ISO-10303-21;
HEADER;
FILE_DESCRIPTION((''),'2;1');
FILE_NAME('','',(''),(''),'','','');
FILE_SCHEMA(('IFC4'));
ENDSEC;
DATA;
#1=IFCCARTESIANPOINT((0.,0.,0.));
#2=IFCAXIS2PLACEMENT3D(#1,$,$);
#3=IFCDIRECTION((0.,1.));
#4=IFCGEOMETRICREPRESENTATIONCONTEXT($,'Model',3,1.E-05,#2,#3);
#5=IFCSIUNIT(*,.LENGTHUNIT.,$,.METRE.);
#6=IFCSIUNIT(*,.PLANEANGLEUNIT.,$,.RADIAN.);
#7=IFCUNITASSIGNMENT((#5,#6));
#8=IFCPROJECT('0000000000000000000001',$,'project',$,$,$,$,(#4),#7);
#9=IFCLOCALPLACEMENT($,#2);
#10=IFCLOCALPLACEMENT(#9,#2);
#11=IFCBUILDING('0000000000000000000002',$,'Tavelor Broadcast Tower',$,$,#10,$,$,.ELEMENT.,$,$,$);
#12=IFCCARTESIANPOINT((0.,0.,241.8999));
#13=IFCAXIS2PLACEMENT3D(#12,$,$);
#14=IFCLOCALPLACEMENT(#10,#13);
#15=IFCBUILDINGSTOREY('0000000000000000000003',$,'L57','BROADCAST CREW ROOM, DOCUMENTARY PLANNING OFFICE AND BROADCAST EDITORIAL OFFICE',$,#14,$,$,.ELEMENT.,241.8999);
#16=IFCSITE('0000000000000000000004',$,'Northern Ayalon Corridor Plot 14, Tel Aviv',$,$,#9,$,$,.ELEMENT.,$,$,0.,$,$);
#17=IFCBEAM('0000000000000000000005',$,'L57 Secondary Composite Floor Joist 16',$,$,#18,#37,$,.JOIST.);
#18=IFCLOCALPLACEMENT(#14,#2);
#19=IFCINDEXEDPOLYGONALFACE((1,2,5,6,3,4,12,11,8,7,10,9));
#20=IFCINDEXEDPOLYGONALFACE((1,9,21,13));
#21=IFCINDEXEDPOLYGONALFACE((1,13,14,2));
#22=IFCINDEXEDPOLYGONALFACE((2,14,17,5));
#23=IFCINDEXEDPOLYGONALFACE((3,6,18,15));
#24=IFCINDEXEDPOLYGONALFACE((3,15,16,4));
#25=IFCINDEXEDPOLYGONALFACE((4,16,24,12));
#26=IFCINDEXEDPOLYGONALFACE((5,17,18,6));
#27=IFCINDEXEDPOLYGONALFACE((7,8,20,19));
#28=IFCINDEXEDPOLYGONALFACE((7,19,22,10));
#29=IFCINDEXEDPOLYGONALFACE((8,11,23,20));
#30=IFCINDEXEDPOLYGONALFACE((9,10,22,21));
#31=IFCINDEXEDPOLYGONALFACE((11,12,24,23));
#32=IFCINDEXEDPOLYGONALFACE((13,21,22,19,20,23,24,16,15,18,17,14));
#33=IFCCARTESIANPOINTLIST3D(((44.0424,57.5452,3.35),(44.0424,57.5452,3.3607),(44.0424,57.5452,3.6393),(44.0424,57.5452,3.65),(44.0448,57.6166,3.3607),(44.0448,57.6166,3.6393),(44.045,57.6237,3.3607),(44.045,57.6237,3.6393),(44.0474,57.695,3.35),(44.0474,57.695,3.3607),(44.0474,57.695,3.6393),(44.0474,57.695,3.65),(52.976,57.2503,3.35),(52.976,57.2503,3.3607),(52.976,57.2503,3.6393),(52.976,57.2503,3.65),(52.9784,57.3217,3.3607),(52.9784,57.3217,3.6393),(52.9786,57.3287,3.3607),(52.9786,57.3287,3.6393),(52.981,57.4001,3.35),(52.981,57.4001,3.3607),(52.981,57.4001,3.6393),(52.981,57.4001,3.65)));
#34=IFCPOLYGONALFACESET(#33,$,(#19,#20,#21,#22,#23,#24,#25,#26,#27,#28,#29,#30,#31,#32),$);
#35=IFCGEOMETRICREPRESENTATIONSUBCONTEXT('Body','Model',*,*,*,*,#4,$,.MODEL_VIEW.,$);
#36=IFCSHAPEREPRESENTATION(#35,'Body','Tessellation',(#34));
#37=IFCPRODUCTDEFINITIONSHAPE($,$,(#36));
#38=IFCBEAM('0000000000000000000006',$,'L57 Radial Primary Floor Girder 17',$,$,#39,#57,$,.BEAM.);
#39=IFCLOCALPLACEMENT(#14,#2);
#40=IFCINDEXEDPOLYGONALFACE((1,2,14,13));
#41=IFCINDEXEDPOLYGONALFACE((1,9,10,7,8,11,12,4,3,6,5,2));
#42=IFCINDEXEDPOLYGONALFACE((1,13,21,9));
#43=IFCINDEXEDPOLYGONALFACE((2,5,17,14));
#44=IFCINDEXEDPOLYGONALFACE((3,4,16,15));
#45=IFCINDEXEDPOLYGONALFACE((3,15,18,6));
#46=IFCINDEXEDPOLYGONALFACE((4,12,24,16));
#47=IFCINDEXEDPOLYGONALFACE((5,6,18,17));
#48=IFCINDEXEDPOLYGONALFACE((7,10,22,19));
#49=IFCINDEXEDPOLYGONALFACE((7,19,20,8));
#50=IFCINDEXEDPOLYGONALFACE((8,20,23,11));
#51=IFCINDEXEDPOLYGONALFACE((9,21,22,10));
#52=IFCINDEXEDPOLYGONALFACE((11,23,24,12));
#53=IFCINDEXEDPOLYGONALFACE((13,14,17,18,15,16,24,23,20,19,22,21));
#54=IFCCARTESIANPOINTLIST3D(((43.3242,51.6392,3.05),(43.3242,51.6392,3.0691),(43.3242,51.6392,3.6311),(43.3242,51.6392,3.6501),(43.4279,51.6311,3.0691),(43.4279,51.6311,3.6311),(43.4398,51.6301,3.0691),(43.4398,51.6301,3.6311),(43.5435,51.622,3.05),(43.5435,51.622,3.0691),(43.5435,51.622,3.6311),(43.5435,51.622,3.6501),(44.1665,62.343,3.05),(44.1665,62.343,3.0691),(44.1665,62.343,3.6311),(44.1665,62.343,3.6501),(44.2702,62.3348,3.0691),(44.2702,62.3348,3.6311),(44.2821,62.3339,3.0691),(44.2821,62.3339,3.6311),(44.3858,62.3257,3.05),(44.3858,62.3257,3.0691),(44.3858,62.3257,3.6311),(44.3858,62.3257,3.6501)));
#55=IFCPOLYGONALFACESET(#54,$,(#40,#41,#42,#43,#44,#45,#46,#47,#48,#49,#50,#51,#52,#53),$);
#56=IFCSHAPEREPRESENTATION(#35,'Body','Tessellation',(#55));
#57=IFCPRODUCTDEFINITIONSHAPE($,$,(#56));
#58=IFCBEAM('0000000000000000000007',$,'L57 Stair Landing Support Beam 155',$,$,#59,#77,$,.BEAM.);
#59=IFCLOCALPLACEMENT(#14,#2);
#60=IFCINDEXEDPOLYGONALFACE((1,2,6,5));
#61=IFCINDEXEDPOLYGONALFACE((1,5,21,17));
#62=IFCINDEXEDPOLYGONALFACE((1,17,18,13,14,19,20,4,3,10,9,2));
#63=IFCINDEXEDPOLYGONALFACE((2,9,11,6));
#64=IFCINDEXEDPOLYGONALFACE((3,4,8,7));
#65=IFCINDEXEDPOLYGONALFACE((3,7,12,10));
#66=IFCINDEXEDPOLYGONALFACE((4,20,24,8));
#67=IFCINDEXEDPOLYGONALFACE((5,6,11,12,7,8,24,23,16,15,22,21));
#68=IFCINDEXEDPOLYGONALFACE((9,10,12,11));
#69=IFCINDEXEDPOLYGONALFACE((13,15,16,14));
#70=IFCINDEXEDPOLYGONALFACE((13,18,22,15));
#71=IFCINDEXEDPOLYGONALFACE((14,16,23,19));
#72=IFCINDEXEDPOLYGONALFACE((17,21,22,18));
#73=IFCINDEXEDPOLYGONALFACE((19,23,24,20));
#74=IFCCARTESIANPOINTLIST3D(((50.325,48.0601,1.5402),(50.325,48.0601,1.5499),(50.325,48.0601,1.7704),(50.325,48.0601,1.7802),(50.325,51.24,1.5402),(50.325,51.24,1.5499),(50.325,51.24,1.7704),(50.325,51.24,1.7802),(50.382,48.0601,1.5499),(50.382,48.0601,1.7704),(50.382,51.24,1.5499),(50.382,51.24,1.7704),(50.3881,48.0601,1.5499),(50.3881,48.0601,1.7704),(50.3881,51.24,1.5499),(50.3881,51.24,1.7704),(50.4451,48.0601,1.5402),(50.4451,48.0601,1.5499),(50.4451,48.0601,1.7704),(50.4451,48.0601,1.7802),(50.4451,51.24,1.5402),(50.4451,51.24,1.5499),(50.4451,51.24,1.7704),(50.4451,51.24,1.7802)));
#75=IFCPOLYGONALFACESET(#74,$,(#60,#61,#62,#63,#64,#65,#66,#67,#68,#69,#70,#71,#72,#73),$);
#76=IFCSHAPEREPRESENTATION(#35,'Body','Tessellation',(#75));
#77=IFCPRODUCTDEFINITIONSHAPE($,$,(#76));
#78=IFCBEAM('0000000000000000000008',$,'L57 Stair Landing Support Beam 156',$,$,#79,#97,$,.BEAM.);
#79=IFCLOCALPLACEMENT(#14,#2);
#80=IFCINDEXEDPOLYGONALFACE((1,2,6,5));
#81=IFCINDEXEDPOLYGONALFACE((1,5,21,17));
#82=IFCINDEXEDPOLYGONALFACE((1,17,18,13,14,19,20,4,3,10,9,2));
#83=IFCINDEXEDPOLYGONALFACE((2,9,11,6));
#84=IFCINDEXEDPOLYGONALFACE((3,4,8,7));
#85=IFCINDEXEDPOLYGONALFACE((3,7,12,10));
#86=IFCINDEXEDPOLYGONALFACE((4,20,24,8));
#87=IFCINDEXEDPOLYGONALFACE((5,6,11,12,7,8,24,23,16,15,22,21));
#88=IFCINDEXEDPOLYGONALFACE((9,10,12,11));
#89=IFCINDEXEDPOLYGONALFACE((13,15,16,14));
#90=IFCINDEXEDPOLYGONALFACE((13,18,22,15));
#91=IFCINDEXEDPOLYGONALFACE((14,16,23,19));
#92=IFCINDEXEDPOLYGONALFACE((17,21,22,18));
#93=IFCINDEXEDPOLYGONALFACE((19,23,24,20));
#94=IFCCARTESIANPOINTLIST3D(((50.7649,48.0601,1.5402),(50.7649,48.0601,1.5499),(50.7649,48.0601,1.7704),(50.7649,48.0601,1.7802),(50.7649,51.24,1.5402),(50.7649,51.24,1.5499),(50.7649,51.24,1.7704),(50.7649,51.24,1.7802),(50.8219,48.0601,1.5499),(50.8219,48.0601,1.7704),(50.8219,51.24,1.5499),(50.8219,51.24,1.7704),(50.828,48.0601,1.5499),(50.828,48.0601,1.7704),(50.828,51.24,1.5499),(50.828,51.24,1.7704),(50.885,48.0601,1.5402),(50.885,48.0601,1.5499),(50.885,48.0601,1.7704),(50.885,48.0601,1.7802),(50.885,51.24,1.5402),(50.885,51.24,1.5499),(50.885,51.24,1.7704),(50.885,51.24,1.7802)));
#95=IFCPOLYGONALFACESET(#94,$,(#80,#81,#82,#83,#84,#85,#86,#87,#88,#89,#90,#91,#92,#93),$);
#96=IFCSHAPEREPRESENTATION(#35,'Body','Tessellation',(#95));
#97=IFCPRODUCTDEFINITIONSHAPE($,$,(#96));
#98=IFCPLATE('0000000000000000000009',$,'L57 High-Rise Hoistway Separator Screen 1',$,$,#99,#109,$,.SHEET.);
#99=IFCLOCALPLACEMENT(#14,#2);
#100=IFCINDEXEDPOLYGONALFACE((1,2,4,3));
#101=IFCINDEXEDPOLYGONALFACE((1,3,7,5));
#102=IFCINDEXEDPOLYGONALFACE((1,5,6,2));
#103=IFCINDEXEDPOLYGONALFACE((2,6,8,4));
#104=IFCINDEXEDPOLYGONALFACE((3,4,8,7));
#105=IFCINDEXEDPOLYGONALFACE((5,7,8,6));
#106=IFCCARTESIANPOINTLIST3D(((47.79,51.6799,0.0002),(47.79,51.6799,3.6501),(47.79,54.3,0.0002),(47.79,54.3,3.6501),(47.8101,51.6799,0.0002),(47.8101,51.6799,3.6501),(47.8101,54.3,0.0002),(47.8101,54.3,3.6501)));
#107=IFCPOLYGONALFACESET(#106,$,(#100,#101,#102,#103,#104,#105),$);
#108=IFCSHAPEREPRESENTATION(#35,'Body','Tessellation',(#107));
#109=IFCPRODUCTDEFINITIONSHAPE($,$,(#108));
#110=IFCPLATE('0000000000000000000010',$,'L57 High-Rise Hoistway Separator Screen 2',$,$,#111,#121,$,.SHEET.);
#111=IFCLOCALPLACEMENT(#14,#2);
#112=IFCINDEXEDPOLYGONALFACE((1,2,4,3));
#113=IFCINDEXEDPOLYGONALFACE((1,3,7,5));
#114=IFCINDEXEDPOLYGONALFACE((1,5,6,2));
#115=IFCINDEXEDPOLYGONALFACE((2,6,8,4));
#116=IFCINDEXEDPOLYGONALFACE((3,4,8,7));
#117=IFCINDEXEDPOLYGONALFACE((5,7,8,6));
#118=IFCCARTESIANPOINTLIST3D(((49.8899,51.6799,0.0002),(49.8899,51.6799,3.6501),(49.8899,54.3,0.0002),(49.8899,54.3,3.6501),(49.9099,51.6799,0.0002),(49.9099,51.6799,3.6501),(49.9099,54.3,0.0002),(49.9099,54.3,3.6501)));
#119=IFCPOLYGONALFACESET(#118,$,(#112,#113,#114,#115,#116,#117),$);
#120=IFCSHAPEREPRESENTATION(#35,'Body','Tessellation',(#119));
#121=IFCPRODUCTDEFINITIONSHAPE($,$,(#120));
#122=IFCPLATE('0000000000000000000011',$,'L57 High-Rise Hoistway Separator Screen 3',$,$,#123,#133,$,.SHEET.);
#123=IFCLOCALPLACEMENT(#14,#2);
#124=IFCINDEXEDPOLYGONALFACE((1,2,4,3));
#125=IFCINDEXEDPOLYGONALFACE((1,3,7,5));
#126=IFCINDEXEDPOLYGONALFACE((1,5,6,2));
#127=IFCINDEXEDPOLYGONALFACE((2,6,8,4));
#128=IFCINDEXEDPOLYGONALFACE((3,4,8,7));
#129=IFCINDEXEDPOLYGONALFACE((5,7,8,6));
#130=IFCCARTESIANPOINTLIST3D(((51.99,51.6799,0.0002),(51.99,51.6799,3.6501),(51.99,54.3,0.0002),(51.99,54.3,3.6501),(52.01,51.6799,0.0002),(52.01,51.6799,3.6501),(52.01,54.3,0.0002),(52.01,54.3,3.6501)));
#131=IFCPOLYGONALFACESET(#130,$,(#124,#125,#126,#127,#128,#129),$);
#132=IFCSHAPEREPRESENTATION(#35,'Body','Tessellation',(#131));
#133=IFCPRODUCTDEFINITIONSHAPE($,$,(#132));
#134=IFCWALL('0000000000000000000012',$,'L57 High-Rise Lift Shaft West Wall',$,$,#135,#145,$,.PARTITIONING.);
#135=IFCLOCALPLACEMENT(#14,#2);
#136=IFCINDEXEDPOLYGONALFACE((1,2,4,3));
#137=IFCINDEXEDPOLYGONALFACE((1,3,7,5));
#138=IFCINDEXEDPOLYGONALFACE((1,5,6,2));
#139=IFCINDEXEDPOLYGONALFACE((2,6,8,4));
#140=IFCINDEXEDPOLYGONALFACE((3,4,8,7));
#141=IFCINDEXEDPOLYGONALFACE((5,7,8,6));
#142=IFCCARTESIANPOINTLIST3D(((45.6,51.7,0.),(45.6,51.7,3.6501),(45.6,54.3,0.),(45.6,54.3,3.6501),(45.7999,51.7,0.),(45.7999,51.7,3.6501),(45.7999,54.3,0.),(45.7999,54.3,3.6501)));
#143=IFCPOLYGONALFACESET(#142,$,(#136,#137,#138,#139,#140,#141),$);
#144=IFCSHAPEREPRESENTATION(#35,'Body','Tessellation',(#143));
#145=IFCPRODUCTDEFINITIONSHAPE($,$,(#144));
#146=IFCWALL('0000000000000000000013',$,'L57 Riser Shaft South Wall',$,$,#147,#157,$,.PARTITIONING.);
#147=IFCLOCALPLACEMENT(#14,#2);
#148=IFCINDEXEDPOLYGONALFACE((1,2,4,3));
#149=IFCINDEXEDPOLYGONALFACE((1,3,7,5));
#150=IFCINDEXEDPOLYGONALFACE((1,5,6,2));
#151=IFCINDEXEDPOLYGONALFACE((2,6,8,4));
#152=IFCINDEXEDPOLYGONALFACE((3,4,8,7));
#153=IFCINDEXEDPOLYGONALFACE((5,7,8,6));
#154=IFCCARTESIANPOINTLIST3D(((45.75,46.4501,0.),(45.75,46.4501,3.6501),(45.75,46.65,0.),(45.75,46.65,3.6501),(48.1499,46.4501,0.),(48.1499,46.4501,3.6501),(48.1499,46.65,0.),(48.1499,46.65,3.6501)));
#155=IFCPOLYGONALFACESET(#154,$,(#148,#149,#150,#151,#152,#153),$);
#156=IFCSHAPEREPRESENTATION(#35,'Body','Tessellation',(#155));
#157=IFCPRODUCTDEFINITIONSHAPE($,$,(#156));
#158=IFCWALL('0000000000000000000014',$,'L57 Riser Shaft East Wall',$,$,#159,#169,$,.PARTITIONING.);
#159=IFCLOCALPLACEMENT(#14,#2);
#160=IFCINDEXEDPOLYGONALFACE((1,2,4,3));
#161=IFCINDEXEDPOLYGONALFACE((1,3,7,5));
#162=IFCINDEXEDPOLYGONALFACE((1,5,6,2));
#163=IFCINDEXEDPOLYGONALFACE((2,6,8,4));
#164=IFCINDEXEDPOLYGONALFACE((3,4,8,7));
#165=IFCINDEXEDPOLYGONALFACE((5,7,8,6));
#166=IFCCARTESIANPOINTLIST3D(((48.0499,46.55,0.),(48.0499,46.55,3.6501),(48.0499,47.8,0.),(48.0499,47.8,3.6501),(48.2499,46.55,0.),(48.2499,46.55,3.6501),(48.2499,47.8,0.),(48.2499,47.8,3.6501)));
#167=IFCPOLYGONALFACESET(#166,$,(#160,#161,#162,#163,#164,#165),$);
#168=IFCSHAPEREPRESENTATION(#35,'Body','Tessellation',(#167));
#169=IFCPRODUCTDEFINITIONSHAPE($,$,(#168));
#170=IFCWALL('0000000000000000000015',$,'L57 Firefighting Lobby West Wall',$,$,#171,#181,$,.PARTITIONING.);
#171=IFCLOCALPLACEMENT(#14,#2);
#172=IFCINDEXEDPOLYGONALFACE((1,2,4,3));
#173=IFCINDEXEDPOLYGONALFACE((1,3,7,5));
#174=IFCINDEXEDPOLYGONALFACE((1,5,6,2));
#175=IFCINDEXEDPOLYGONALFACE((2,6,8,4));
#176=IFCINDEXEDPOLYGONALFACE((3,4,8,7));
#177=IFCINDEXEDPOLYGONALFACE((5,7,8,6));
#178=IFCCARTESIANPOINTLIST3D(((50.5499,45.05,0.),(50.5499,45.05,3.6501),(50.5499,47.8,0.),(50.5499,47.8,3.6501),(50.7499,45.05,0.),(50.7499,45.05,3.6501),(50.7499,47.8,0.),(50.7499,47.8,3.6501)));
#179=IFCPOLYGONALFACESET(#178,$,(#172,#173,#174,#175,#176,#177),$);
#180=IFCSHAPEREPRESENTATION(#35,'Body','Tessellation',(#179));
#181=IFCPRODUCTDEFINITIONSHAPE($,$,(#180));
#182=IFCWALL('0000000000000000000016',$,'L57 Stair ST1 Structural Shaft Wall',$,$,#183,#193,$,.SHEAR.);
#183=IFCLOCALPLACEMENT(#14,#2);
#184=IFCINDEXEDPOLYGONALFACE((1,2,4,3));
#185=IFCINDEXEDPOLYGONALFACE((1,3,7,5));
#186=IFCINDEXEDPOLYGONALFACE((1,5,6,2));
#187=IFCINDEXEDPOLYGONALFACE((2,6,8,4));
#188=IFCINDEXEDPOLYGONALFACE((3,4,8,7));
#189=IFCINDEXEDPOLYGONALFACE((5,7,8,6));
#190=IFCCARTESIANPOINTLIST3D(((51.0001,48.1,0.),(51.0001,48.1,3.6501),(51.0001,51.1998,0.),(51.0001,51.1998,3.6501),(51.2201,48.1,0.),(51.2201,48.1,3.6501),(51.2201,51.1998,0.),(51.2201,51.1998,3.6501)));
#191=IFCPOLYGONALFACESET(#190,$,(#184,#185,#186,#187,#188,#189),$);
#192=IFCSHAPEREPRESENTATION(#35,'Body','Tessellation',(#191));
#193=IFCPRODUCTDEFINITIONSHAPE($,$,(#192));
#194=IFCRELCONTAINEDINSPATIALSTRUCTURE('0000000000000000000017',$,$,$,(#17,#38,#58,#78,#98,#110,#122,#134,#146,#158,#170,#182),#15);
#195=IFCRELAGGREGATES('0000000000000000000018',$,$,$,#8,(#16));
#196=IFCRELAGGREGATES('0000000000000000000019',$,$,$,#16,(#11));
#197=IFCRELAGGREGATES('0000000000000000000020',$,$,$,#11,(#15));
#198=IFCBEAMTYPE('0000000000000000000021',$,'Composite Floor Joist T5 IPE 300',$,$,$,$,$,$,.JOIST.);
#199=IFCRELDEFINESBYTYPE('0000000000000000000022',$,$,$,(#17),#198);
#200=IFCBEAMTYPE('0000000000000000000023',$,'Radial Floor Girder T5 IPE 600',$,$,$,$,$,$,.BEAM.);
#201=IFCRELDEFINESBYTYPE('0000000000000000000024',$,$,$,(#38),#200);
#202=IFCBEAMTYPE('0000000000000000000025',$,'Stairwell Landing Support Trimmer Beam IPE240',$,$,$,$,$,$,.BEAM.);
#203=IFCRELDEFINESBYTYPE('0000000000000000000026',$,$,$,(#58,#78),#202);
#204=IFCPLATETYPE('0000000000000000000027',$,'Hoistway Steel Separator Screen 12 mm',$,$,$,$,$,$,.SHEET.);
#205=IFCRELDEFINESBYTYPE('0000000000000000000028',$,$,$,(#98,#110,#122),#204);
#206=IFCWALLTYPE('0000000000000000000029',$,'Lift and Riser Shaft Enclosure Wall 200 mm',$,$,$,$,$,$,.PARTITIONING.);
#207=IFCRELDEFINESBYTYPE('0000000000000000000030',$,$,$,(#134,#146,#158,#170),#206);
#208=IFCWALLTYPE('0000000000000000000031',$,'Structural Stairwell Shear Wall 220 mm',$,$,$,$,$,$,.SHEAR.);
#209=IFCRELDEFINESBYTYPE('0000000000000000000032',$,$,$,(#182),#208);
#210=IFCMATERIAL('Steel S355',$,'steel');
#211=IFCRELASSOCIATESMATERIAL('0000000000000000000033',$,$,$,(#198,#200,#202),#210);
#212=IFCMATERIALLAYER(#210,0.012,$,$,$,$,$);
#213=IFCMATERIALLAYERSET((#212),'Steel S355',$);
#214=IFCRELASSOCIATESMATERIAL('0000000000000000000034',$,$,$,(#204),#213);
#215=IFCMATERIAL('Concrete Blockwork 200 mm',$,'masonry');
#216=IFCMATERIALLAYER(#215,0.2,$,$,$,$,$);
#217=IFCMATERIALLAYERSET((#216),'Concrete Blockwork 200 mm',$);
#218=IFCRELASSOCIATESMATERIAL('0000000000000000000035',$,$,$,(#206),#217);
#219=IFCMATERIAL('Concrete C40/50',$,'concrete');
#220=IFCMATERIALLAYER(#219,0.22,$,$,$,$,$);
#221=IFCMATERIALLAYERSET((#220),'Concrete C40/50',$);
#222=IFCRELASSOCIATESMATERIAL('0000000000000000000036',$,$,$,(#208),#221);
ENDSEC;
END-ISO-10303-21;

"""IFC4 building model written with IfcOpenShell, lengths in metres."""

from ifc_helpers import new_model, si_unit, direction, frame, frame_2d, origin, origin_2d, place, context, subcontext, project, spatial, rectangle, i_section, extrude, source, transform, mapped, material, layer, layer_set, material_profile, profile_set, type_object, type_shapes, element, save


model = new_model("IFC4")

# Units and contexts
model_context = context("Model", 3, precision=1e-05, world=origin(), true_north=direction((0.0, 1.0)))
body_context = subcontext(model_context, "Body", "Model", "MODEL_VIEW")
ifc_project = project(units=[si_unit("LENGTHUNIT", "METRE"), si_unit("PLANEANGLEUNIT", "RADIAN")], contexts=[model_context])

# Site, building, storey
site_placement = place(None, origin())
site = spatial("IfcSite", under=ifc_project, at=site_placement, Name="Northern Ayalon Corridor Plot 14, Tel Aviv", CompositionType="ELEMENT", RefElevation=0.0)
building_placement = place(site_placement, origin())
building = spatial("IfcBuilding", under=site, at=building_placement, Name="Tavelor Broadcast Tower", CompositionType="ELEMENT")
storey_placement = place(building_placement, frame((0.0, 0.0, 241.8999)))
storey = spatial("IfcBuildingStorey", under=building, at=storey_placement, Name="L57", Description="BROADCAST CREW ROOM, DOCUMENTARY PLANNING OFFICE AND BROADCAST EDITORIAL OFFICE", CompositionType="ELEMENT", Elevation=241.8999)

# Beams
ifc_material_1 = material(Name="Steel S355", Category="steel")
ifc_material_profile_1 = material_profile(ifc_material_1, i_section(OverallWidth=0.1499, OverallDepth=0.3, WebThickness=0.0071, FlangeThickness=0.0107, at=origin_2d()), Name="IPE 300")
ifc_profile_set_1 = profile_set([ifc_material_profile_1], Name="Steel S355")
beam_type_1 = type_object("IfcBeamType", Name="Composite Floor Joist T5 IPE 300", PredefinedType="JOIST", material=ifc_profile_set_1)
beam_1_placement = place(storey_placement, frame((52.9785, 57.3252, 3.5), z_axis=(-0.999456, 0.032995, 0.0), x_axis=(-0.032995, -0.999456, 0.0)))
element("IfcBeam", 1, at=beam_1_placement, inside=storey, type_object=beam_type_1, Name="L57 Secondary Composite Floor Joist 16", PredefinedType="JOIST", context=body_context, shape_type="SweptSolid", body=[
    extrude(i_section(OverallWidth=0.1499, OverallDepth=0.3, WebThickness=0.0071, FlangeThickness=0.0107, at=origin_2d()), origin(), (0.0, 0.0, 1.0), 8.9385),
])
ifc_material_profile_2 = material_profile(ifc_material_1, i_section(OverallWidth=0.22, OverallDepth=0.6001, WebThickness=0.012, FlangeThickness=0.019, at=origin_2d()), Name="IPE 600")
ifc_profile_set_2 = profile_set([ifc_material_profile_2], Name="Steel S355")
beam_type_2 = type_object("IfcBeamType", Name="Radial Floor Girder T5 IPE 600", PredefinedType="BEAM", material=ifc_profile_set_2)
beam_2_placement = place(storey_placement, frame((43.4338, 51.6306, 3.3501), z_axis=(0.078449, 0.996918, 0.0), x_axis=(-0.996918, 0.078449, 0.0)))
element("IfcBeam", 2, at=beam_2_placement, inside=storey, type_object=beam_type_2, Name="L57 Radial Primary Floor Girder 17", PredefinedType="BEAM", context=body_context, shape_type="SweptSolid", body=[
    extrude(i_section(OverallWidth=0.22, OverallDepth=0.6001, WebThickness=0.012, FlangeThickness=0.019, at=origin_2d()), origin(), (0.0, 0.0, 1.0), 10.7368),
])
ifc_material_profile_3 = material_profile(ifc_material_1, i_section(OverallWidth=0.1201, OverallDepth=0.24, WebThickness=0.0061, FlangeThickness=0.0098, at=origin_2d()), Name="IPE 240")
ifc_profile_set_3 = profile_set([ifc_material_profile_3], Name="Steel S355")
beam_type_3 = type_object("IfcBeamType", Name="Stairwell Landing Support Trimmer Beam IPE240", PredefinedType="BEAM", material=ifc_profile_set_3)
for number, where, z_axis, x_axis, name in (
    (3, (50.385, 48.0601, 1.6602), (0.0, 1.0, 0.0), (-1.0, 0.0, 0.0), "L57 Stair Landing Support Beam 155"),
    (4, (50.825, 48.0601, 1.6602), (0.0, 1.0, 0.0), (-1.0, 0.0, 0.0), "L57 Stair Landing Support Beam 156"),
):
    element("IfcBeam", number, at=place(storey_placement, frame(where, z_axis=z_axis, x_axis=x_axis)), inside=storey, type_object=beam_type_3, Name=name, PredefinedType="BEAM", context=body_context, shape_type="SweptSolid", body=[
        extrude(i_section(OverallWidth=0.1201, OverallDepth=0.24, WebThickness=0.0061, FlangeThickness=0.0098, at=origin_2d()), origin(), (0.0, 0.0, 1.0), 3.1799),
    ])

# Plates
ifc_layer_1 = layer(ifc_material_1, 0.012)
ifc_layer_set_1 = layer_set([ifc_layer_1], Name="Steel S355")
plate_type = type_object("IfcPlateType", Name="Hoistway Steel Separator Screen 12 mm", PredefinedType="SHEET", material=ifc_layer_set_1)
shared_shape = source(origin(), body_context, "Body", "SweptSolid", [
    extrude(rectangle(XDim=0.02, YDim=2.6201, at=origin_2d()), origin(), (0.0, 0.0, 1.0), 3.6499),
])
type_shapes(plate_type, [shared_shape])
for number, where, z_axis, x_axis, name in (
    (5, (47.8, 52.99, 0.0002), (0.0, 0.0, 1.0), (1.0, 0.0, 0.0), "L57 High-Rise Hoistway Separator Screen 1"),
    (6, (49.8999, 52.99, 0.0002), (0.0, 0.0, 1.0), (1.0, 0.0, 0.0), "L57 High-Rise Hoistway Separator Screen 2"),
    (7, (52.0, 52.99, 0.0002), (0.0, 0.0, 1.0), (1.0, 0.0, 0.0), "L57 High-Rise Hoistway Separator Screen 3"),
):
    element("IfcPlate", number, at=place(storey_placement, frame(where, z_axis=z_axis, x_axis=x_axis)), inside=storey, type_object=plate_type, Name=name, PredefinedType="SHEET", context=body_context, shape_type="MappedRepresentation", body=[
        mapped(shared_shape, transform((0.0, 0.0, 0.0), scale=1.0)),
    ])

# Shared definitions
ifc_material_2 = material(Name="Concrete Blockwork 200 mm", Category="masonry")

# Walls
ifc_layer_2 = layer(ifc_material_2, 0.2)
ifc_layer_set_2 = layer_set([ifc_layer_2], Name="Concrete Blockwork 200 mm")
wall_type_1 = type_object("IfcWallType", Name="Lift and Riser Shaft Enclosure Wall 200 mm", PredefinedType="PARTITIONING", material=ifc_layer_set_2)
wall_1_placement = place(storey_placement, frame((45.7, 51.7, 0.0), z_axis=(0.0, 0.0, 1.0), x_axis=(0.0, 1.0, 0.0)))
element("IfcWall", 8, at=wall_1_placement, inside=storey, type_object=wall_type_1, Name="L57 High-Rise Lift Shaft West Wall", PredefinedType="PARTITIONING", context=body_context, shape_type="SweptSolid", body=[
    extrude(rectangle(XDim=2.6001, YDim=0.2, at=frame_2d((1.3, 0.0))), origin(), (0.0, 0.0, 1.0), 3.6501),
])
wall_2_placement = place(storey_placement, frame((45.75, 46.55, 0.0), z_axis=(0.0, 0.0, 1.0), x_axis=(1.0, 0.0, 0.0)))
element("IfcWall", 9, at=wall_2_placement, inside=storey, type_object=wall_type_1, Name="L57 Riser Shaft South Wall", PredefinedType="PARTITIONING", context=body_context, shape_type="SweptSolid", body=[
    extrude(rectangle(XDim=2.3999, YDim=0.2, at=frame_2d((1.2, 0.0))), origin(), (0.0, 0.0, 1.0), 3.6501),
])
wall_3_placement = place(storey_placement, frame((48.1499, 46.55, 0.0), z_axis=(0.0, 0.0, 1.0), x_axis=(0.0, 1.0, 0.0)))
element("IfcWall", 10, at=wall_3_placement, inside=storey, type_object=wall_type_1, Name="L57 Riser Shaft East Wall", PredefinedType="PARTITIONING", context=body_context, shape_type="SweptSolid", body=[
    extrude(rectangle(XDim=1.25, YDim=0.2, at=frame_2d((0.625, 0.0))), origin(), (0.0, 0.0, 1.0), 3.6501),
])
wall_4_placement = place(storey_placement, frame((50.6499, 45.05, 0.0), z_axis=(0.0, 0.0, 1.0), x_axis=(0.0, 1.0, 0.0)))
element("IfcWall", 11, at=wall_4_placement, inside=storey, type_object=wall_type_1, Name="L57 Firefighting Lobby West Wall", PredefinedType="PARTITIONING", context=body_context, shape_type="SweptSolid", body=[
    extrude(rectangle(XDim=2.75, YDim=0.2, at=frame_2d((1.375, 0.0))), origin(), (0.0, 0.0, 1.0), 3.6501),
])
ifc_material_3 = material(Name="Concrete C40/50", Category="concrete")
ifc_layer_3 = layer(ifc_material_3, 0.22)
ifc_layer_set_3 = layer_set([ifc_layer_3], Name="Concrete C40/50")
wall_type_2 = type_object("IfcWallType", Name="Structural Stairwell Shear Wall 220 mm", PredefinedType="SHEAR", material=ifc_layer_set_3)
wall_5_placement = place(storey_placement, frame((51.1101, 48.1001, 0.0), z_axis=(0.0, 0.0, 1.0), x_axis=(0.0, 1.0, 0.0)))
element("IfcWall", 12, at=wall_5_placement, inside=storey, type_object=wall_type_2, Name="L57 Stair ST1 Structural Shaft Wall", PredefinedType="SHEAR", context=body_context, shape_type="SweptSolid", body=[
    extrude(rectangle(XDim=3.0999, YDim=0.22, at=frame_2d((1.5498, 0.0))), origin(), (0.0, 0.0, 1.0), 3.6501),
])

save(model, "model.ifc")
